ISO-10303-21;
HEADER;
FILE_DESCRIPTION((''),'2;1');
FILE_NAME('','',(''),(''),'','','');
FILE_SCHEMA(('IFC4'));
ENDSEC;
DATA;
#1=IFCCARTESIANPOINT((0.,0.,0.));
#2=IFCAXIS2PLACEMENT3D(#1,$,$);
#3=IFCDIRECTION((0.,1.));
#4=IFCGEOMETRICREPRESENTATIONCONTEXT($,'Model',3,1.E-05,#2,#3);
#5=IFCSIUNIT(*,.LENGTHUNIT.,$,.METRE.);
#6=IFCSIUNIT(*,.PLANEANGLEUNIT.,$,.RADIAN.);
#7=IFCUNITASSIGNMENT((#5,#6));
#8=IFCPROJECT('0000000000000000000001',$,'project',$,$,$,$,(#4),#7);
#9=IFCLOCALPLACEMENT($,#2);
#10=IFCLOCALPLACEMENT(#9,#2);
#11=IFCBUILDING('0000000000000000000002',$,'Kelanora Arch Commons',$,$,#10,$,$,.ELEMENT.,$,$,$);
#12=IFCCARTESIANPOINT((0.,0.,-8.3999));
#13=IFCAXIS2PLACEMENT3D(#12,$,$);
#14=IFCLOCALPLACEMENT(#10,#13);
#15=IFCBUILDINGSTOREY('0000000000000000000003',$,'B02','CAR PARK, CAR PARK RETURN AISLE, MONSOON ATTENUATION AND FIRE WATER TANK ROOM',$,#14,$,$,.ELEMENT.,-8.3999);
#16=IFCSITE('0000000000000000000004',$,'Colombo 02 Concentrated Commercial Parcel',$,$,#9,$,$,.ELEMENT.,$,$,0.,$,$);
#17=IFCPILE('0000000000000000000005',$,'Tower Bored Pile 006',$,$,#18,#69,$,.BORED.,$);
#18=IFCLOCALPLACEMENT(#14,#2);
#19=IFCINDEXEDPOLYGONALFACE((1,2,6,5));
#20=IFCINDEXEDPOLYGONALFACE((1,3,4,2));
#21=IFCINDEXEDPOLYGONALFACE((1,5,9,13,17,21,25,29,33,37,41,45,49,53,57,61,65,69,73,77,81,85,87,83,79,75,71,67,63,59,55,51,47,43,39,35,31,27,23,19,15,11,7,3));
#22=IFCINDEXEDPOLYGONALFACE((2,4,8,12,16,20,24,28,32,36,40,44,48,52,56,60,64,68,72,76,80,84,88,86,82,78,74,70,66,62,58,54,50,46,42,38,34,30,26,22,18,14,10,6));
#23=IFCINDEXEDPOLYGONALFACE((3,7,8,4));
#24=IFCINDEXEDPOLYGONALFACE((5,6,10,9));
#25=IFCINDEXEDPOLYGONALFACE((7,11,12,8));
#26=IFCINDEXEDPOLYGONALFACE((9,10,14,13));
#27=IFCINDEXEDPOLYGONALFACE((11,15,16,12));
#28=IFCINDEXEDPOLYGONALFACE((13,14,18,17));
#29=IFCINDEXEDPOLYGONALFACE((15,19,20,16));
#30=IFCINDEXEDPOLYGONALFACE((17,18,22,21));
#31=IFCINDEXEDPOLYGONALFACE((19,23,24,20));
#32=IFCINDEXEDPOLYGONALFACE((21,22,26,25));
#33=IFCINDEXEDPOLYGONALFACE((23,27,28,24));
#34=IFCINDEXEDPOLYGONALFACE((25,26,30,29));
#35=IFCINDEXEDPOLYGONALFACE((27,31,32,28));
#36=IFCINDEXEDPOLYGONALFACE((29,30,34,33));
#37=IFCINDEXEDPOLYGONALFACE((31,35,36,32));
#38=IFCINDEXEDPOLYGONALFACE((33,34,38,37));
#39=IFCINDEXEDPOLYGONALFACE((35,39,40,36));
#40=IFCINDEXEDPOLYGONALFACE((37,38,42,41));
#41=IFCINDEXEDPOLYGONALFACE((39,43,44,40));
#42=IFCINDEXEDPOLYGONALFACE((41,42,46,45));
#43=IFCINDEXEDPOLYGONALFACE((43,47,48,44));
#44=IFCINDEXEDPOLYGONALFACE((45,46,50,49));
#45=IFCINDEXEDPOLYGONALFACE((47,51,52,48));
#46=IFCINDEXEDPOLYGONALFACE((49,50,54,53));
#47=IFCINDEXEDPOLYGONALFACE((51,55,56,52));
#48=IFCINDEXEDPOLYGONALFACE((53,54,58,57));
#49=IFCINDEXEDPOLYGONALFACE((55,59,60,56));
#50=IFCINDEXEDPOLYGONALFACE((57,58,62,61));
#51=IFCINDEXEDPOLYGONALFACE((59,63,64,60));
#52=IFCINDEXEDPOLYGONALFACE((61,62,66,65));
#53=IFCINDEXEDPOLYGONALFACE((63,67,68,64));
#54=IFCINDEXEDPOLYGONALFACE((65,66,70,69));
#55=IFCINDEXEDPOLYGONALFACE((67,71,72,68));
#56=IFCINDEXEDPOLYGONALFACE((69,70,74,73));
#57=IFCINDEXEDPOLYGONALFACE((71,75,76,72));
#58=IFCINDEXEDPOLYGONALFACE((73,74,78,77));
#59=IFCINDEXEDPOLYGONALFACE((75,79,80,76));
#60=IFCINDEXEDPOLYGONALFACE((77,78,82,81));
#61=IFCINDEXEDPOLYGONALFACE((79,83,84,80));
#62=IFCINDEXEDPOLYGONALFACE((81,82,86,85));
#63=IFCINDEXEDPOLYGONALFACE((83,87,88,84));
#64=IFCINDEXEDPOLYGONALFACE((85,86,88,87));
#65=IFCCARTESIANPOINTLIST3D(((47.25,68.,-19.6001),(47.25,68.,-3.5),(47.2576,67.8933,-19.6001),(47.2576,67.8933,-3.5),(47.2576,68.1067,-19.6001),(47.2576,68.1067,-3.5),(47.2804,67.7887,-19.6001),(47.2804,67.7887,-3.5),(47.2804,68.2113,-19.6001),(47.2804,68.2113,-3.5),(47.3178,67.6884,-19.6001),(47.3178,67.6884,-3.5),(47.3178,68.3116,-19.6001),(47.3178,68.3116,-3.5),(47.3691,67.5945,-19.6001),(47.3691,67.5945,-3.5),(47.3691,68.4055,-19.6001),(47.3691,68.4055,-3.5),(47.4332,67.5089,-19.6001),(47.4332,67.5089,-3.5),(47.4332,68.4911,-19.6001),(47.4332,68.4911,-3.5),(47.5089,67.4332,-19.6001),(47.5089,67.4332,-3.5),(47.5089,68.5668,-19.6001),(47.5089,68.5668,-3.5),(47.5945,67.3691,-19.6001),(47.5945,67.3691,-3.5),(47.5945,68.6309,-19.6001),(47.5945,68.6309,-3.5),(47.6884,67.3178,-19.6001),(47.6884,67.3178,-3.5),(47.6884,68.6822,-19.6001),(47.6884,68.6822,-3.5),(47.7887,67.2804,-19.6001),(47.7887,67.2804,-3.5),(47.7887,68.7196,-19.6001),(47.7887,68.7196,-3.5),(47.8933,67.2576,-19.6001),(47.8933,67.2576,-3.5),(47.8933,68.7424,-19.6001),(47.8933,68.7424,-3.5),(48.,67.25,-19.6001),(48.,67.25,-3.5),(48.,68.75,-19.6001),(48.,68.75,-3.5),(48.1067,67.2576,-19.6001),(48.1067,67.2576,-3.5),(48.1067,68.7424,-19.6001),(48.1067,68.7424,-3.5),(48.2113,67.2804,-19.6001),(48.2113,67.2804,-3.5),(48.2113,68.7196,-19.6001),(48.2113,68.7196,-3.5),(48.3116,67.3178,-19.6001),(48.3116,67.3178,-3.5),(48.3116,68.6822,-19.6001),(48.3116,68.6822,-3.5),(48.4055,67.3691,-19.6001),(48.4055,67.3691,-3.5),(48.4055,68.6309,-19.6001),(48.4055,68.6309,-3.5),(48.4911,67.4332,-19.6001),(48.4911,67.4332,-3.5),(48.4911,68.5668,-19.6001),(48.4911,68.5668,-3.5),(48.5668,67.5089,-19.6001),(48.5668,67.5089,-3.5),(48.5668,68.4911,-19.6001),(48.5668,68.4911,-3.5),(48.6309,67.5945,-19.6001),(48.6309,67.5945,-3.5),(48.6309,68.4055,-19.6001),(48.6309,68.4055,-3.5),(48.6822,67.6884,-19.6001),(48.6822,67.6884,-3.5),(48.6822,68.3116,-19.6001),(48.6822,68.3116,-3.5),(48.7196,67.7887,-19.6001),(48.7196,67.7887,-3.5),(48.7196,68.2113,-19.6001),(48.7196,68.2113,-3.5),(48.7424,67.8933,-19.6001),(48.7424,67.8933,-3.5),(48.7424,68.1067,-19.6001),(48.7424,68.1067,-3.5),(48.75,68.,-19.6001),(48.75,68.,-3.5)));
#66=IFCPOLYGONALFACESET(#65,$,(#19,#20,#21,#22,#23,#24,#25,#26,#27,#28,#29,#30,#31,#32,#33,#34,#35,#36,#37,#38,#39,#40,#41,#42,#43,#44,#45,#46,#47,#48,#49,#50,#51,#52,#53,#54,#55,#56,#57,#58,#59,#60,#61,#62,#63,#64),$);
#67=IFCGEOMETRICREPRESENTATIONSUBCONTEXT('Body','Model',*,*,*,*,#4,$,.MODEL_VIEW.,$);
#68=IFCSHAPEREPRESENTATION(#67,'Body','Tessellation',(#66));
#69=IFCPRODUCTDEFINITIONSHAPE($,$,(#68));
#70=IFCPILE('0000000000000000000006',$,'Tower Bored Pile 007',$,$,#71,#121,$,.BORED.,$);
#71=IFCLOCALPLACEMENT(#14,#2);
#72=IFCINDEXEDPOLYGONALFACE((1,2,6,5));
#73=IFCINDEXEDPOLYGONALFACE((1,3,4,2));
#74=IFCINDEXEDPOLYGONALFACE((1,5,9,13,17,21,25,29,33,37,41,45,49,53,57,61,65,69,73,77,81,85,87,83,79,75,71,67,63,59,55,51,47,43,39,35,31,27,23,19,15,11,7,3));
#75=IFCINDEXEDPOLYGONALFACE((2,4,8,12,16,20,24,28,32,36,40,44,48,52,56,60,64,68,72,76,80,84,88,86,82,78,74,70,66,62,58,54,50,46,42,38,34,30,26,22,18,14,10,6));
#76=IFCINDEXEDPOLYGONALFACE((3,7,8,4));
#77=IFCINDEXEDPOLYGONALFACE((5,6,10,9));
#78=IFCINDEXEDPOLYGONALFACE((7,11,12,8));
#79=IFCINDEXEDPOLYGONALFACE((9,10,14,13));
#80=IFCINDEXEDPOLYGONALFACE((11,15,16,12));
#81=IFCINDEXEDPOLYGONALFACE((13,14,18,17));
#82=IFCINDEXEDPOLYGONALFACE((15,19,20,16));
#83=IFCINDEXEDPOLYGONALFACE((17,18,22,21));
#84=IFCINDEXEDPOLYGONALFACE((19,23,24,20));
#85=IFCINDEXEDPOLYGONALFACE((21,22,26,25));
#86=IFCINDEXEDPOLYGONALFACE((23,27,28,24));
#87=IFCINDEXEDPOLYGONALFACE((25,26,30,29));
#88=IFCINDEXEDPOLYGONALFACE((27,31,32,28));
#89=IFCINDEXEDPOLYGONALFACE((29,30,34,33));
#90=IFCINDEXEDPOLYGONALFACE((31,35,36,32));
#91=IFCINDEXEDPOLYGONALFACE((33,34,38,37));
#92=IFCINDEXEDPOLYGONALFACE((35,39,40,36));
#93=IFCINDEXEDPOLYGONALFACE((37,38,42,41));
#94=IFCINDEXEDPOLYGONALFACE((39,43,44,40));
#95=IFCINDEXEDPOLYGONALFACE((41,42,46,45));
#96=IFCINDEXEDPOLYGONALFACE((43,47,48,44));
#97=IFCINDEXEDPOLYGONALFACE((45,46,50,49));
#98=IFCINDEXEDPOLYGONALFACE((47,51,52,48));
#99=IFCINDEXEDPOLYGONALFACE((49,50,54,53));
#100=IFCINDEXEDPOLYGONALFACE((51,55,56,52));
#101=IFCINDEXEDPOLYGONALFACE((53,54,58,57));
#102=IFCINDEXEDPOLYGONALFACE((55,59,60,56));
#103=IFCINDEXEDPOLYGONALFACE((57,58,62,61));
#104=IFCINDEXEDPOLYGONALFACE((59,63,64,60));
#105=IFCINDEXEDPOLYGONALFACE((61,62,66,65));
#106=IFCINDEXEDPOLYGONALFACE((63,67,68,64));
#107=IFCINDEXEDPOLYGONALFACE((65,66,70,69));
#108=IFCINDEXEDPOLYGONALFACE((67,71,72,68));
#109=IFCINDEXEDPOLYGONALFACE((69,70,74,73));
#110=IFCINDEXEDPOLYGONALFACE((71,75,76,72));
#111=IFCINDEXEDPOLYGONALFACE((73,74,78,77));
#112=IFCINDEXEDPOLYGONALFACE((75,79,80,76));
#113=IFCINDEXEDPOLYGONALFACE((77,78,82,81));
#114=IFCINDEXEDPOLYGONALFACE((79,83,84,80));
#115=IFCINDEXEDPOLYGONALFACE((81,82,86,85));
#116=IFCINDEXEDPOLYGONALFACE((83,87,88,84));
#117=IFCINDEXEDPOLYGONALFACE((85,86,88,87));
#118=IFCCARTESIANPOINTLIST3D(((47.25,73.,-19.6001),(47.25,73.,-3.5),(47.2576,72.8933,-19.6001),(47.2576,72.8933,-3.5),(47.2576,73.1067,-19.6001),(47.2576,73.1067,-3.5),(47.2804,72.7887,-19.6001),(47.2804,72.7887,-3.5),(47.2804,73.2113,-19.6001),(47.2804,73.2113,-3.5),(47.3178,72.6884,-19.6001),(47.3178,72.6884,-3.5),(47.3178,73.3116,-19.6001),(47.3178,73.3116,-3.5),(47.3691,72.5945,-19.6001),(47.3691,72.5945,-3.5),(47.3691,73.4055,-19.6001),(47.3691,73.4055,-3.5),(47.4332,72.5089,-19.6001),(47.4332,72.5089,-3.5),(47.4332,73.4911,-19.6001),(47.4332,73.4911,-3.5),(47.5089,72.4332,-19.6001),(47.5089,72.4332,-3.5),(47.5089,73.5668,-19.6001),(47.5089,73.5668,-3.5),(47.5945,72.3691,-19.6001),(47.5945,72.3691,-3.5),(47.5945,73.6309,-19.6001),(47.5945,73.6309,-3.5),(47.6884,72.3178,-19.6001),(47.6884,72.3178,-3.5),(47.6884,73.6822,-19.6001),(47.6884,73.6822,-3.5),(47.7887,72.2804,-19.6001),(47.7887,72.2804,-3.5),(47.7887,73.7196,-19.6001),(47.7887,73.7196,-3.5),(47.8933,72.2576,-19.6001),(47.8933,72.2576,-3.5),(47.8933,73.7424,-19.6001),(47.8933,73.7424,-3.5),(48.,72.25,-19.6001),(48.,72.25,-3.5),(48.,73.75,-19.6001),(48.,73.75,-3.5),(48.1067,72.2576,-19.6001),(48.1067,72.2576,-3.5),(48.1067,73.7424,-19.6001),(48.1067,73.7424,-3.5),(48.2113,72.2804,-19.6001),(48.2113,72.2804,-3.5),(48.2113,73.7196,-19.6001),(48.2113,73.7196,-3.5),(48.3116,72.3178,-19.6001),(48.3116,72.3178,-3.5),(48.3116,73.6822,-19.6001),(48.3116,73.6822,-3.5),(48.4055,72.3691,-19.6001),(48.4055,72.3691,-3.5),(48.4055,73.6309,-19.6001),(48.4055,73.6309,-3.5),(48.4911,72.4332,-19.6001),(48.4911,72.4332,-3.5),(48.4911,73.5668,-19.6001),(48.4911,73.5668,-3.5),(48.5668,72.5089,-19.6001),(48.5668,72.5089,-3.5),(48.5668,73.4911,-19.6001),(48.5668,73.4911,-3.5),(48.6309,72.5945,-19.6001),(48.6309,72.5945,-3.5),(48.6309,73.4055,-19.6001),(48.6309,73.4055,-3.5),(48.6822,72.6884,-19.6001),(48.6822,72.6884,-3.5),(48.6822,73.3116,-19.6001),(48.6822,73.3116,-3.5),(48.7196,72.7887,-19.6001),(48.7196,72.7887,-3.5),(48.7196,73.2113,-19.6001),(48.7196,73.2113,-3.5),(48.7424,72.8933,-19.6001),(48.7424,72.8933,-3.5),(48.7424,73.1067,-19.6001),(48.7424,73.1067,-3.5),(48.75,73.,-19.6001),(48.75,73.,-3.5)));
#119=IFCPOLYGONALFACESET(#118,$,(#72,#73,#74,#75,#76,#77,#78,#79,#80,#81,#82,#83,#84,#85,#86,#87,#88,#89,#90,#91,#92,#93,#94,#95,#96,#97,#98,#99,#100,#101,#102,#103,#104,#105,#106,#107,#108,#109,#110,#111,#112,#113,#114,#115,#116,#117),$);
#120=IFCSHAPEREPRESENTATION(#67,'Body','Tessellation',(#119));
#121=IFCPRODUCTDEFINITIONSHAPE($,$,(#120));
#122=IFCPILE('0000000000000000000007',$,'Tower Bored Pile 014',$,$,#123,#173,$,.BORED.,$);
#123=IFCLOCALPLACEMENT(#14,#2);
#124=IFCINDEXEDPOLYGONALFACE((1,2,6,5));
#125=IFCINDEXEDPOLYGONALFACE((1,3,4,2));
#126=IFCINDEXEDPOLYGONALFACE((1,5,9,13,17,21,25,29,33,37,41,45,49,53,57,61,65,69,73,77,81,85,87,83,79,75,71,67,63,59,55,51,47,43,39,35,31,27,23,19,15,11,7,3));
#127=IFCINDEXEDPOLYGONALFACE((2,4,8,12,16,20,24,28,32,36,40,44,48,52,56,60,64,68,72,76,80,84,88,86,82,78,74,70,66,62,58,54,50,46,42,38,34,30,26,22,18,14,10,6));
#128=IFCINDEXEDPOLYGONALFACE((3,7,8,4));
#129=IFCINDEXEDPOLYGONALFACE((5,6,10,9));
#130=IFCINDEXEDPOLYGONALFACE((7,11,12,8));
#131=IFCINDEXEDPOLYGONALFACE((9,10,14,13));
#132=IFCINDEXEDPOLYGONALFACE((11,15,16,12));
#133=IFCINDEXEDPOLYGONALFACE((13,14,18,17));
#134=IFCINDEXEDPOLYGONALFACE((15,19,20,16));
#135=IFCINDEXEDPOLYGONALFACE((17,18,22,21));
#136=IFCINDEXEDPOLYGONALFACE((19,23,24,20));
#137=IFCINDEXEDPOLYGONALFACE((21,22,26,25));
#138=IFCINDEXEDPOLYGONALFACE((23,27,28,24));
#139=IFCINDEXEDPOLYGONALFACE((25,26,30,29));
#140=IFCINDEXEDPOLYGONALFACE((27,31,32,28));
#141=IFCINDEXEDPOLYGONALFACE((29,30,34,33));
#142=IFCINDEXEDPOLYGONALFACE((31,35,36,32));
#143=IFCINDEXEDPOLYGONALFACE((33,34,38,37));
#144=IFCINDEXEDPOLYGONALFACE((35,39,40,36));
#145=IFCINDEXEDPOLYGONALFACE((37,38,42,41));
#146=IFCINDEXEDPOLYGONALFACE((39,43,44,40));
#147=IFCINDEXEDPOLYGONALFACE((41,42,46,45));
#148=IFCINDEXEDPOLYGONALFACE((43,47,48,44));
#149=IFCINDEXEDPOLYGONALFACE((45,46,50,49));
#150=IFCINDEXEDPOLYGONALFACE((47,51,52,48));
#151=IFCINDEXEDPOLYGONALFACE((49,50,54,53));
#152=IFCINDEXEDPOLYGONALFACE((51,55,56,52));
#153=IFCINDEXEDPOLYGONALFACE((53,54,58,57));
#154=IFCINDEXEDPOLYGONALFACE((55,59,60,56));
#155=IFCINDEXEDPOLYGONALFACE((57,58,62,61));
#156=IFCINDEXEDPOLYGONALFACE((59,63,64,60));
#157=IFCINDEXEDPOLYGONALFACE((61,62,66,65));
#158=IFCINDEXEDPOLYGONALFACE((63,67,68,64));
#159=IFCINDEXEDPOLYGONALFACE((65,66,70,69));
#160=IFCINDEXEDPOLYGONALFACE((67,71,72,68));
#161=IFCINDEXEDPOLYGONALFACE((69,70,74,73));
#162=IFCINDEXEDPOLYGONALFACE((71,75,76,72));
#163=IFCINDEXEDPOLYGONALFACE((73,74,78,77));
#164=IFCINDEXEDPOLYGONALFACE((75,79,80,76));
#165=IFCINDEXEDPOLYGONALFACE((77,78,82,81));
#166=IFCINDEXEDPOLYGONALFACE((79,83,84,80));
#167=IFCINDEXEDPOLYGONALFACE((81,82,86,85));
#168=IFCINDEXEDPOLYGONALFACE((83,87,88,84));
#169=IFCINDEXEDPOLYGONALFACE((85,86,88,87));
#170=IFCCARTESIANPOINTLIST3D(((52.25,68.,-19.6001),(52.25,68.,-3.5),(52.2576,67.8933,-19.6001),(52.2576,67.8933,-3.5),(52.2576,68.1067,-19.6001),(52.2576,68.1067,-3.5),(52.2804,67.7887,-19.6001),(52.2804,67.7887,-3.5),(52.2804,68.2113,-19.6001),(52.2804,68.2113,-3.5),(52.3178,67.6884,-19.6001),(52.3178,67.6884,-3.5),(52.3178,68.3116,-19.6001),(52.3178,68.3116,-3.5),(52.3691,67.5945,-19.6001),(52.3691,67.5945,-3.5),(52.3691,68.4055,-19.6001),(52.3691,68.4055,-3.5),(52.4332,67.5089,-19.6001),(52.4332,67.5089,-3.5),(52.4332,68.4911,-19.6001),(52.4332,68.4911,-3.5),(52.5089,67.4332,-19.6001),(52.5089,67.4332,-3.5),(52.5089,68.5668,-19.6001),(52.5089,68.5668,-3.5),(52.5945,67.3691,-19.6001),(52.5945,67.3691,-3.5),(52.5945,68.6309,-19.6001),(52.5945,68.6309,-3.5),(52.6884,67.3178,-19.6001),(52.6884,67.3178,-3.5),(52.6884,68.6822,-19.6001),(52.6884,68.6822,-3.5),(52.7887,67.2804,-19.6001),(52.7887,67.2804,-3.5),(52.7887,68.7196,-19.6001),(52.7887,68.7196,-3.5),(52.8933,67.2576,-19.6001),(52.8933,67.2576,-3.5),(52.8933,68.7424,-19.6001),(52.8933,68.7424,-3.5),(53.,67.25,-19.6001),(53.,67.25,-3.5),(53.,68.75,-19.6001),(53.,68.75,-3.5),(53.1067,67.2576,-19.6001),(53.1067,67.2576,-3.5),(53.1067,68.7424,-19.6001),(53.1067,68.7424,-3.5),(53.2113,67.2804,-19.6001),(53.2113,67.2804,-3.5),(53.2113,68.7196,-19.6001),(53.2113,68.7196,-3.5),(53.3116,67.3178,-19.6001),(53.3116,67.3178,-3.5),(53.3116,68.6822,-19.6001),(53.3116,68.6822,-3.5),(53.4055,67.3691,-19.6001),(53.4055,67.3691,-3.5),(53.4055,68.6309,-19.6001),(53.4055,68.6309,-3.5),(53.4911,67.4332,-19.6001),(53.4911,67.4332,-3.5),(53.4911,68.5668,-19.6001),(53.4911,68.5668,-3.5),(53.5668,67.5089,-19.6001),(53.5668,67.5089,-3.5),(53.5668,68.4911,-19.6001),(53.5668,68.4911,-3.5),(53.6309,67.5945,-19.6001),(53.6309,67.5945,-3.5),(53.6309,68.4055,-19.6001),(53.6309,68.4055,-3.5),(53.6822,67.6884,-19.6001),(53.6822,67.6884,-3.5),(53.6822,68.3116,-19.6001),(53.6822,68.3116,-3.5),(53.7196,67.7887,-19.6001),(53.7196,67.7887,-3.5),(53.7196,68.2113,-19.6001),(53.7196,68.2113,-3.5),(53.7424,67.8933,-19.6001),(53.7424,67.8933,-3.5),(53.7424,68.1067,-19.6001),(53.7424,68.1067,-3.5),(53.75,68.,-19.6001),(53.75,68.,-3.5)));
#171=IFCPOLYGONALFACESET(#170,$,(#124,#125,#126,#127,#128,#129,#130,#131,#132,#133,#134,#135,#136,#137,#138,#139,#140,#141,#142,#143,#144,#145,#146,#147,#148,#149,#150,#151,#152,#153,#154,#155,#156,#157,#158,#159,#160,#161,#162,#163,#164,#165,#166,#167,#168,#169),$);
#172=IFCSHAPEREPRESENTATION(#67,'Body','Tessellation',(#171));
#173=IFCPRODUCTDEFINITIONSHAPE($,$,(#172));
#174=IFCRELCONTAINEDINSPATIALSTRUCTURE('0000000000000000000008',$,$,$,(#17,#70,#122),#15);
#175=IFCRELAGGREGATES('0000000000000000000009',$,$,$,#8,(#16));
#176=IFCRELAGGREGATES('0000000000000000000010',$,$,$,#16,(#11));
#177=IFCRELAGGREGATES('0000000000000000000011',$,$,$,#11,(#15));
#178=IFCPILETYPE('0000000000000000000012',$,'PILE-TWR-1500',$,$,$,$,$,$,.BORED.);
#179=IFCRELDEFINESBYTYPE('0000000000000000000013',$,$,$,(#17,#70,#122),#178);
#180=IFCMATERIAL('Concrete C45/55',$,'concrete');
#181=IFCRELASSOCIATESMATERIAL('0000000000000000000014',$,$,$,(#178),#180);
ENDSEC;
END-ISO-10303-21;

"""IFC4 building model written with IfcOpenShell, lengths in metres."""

from ifc_helpers import new_model, si_unit, direction, frame, origin, origin_2d, place, context, subcontext, project, spatial, circle, extrude, source, transform, mapped, material, material_profile, profile_set, type_object, element, save


model = new_model("IFC4")

# Units and contexts
model_context = context("Model", 3, precision=1e-05, world=origin(), true_north=direction((0.0, 1.0)))
body_context = subcontext(model_context, "Body", "Model", "MODEL_VIEW")
ifc_project = project(units=[si_unit("LENGTHUNIT", "METRE"), si_unit("PLANEANGLEUNIT", "RADIAN")], contexts=[model_context])

# Site, building, storey
site_placement = place(None, origin())
site = spatial("IfcSite", under=ifc_project, at=site_placement, Name="Colombo 02 Concentrated Commercial Parcel", CompositionType="ELEMENT", RefElevation=0.0)
building_placement = place(site_placement, origin())
building = spatial("IfcBuilding", under=site, at=building_placement, Name="Kelanora Arch Commons", CompositionType="ELEMENT")
storey_placement = place(building_placement, frame((0.0, 0.0, -8.3999)))
storey = spatial("IfcBuildingStorey", under=building, at=storey_placement, Name="B02", Description="CAR PARK, CAR PARK RETURN AISLE, MONSOON ATTENUATION AND FIRE WATER TANK ROOM", CompositionType="ELEMENT", Elevation=-8.3999)

# Piles
ifc_material_1 = material(Name="Concrete C45/55", Category="concrete")
ifc_material_profile_1 = material_profile(ifc_material_1, circle(Radius=0.75, at=origin_2d()), Name="PILE1500")
ifc_profile_set_1 = profile_set([ifc_material_profile_1], Name="Concrete C45/55")
pile_type = type_object("IfcPileType", Name="PILE-TWR-1500", PredefinedType="BORED", material=ifc_profile_set_1)
shared_shape = source(origin(), body_context, "Body", "SweptSolid", [
    extrude(circle(Radius=0.75, at=origin_2d()), origin(), (0.0, 0.0, 1.0), 16.1001),
])
for number, where, z_axis, x_axis, name in (
    (1, (48.0, 68.0, -3.5), (0.0, 0.0, -1.0), (1.0, 0.0, 0.0), "Tower Bored Pile 006"),
    (2, (48.0, 73.0, -3.5), (0.0, 0.0, -1.0), (1.0, 0.0, 0.0), "Tower Bored Pile 007"),
    (3, (53.0, 68.0, -3.5), (0.0, 0.0, -1.0), (1.0, 0.0, 0.0), "Tower Bored Pile 014"),
):
    element("IfcPile", number, at=place(storey_placement, frame(where, z_axis=z_axis, x_axis=x_axis)), inside=storey, type_object=pile_type, Name=name, PredefinedType="BORED", context=body_context, shape_type="MappedRepresentation", body=[
        mapped(shared_shape, transform((0.0, 0.0, 0.0), scale=1.0)),
    ])

save(model, "model.ifc")
